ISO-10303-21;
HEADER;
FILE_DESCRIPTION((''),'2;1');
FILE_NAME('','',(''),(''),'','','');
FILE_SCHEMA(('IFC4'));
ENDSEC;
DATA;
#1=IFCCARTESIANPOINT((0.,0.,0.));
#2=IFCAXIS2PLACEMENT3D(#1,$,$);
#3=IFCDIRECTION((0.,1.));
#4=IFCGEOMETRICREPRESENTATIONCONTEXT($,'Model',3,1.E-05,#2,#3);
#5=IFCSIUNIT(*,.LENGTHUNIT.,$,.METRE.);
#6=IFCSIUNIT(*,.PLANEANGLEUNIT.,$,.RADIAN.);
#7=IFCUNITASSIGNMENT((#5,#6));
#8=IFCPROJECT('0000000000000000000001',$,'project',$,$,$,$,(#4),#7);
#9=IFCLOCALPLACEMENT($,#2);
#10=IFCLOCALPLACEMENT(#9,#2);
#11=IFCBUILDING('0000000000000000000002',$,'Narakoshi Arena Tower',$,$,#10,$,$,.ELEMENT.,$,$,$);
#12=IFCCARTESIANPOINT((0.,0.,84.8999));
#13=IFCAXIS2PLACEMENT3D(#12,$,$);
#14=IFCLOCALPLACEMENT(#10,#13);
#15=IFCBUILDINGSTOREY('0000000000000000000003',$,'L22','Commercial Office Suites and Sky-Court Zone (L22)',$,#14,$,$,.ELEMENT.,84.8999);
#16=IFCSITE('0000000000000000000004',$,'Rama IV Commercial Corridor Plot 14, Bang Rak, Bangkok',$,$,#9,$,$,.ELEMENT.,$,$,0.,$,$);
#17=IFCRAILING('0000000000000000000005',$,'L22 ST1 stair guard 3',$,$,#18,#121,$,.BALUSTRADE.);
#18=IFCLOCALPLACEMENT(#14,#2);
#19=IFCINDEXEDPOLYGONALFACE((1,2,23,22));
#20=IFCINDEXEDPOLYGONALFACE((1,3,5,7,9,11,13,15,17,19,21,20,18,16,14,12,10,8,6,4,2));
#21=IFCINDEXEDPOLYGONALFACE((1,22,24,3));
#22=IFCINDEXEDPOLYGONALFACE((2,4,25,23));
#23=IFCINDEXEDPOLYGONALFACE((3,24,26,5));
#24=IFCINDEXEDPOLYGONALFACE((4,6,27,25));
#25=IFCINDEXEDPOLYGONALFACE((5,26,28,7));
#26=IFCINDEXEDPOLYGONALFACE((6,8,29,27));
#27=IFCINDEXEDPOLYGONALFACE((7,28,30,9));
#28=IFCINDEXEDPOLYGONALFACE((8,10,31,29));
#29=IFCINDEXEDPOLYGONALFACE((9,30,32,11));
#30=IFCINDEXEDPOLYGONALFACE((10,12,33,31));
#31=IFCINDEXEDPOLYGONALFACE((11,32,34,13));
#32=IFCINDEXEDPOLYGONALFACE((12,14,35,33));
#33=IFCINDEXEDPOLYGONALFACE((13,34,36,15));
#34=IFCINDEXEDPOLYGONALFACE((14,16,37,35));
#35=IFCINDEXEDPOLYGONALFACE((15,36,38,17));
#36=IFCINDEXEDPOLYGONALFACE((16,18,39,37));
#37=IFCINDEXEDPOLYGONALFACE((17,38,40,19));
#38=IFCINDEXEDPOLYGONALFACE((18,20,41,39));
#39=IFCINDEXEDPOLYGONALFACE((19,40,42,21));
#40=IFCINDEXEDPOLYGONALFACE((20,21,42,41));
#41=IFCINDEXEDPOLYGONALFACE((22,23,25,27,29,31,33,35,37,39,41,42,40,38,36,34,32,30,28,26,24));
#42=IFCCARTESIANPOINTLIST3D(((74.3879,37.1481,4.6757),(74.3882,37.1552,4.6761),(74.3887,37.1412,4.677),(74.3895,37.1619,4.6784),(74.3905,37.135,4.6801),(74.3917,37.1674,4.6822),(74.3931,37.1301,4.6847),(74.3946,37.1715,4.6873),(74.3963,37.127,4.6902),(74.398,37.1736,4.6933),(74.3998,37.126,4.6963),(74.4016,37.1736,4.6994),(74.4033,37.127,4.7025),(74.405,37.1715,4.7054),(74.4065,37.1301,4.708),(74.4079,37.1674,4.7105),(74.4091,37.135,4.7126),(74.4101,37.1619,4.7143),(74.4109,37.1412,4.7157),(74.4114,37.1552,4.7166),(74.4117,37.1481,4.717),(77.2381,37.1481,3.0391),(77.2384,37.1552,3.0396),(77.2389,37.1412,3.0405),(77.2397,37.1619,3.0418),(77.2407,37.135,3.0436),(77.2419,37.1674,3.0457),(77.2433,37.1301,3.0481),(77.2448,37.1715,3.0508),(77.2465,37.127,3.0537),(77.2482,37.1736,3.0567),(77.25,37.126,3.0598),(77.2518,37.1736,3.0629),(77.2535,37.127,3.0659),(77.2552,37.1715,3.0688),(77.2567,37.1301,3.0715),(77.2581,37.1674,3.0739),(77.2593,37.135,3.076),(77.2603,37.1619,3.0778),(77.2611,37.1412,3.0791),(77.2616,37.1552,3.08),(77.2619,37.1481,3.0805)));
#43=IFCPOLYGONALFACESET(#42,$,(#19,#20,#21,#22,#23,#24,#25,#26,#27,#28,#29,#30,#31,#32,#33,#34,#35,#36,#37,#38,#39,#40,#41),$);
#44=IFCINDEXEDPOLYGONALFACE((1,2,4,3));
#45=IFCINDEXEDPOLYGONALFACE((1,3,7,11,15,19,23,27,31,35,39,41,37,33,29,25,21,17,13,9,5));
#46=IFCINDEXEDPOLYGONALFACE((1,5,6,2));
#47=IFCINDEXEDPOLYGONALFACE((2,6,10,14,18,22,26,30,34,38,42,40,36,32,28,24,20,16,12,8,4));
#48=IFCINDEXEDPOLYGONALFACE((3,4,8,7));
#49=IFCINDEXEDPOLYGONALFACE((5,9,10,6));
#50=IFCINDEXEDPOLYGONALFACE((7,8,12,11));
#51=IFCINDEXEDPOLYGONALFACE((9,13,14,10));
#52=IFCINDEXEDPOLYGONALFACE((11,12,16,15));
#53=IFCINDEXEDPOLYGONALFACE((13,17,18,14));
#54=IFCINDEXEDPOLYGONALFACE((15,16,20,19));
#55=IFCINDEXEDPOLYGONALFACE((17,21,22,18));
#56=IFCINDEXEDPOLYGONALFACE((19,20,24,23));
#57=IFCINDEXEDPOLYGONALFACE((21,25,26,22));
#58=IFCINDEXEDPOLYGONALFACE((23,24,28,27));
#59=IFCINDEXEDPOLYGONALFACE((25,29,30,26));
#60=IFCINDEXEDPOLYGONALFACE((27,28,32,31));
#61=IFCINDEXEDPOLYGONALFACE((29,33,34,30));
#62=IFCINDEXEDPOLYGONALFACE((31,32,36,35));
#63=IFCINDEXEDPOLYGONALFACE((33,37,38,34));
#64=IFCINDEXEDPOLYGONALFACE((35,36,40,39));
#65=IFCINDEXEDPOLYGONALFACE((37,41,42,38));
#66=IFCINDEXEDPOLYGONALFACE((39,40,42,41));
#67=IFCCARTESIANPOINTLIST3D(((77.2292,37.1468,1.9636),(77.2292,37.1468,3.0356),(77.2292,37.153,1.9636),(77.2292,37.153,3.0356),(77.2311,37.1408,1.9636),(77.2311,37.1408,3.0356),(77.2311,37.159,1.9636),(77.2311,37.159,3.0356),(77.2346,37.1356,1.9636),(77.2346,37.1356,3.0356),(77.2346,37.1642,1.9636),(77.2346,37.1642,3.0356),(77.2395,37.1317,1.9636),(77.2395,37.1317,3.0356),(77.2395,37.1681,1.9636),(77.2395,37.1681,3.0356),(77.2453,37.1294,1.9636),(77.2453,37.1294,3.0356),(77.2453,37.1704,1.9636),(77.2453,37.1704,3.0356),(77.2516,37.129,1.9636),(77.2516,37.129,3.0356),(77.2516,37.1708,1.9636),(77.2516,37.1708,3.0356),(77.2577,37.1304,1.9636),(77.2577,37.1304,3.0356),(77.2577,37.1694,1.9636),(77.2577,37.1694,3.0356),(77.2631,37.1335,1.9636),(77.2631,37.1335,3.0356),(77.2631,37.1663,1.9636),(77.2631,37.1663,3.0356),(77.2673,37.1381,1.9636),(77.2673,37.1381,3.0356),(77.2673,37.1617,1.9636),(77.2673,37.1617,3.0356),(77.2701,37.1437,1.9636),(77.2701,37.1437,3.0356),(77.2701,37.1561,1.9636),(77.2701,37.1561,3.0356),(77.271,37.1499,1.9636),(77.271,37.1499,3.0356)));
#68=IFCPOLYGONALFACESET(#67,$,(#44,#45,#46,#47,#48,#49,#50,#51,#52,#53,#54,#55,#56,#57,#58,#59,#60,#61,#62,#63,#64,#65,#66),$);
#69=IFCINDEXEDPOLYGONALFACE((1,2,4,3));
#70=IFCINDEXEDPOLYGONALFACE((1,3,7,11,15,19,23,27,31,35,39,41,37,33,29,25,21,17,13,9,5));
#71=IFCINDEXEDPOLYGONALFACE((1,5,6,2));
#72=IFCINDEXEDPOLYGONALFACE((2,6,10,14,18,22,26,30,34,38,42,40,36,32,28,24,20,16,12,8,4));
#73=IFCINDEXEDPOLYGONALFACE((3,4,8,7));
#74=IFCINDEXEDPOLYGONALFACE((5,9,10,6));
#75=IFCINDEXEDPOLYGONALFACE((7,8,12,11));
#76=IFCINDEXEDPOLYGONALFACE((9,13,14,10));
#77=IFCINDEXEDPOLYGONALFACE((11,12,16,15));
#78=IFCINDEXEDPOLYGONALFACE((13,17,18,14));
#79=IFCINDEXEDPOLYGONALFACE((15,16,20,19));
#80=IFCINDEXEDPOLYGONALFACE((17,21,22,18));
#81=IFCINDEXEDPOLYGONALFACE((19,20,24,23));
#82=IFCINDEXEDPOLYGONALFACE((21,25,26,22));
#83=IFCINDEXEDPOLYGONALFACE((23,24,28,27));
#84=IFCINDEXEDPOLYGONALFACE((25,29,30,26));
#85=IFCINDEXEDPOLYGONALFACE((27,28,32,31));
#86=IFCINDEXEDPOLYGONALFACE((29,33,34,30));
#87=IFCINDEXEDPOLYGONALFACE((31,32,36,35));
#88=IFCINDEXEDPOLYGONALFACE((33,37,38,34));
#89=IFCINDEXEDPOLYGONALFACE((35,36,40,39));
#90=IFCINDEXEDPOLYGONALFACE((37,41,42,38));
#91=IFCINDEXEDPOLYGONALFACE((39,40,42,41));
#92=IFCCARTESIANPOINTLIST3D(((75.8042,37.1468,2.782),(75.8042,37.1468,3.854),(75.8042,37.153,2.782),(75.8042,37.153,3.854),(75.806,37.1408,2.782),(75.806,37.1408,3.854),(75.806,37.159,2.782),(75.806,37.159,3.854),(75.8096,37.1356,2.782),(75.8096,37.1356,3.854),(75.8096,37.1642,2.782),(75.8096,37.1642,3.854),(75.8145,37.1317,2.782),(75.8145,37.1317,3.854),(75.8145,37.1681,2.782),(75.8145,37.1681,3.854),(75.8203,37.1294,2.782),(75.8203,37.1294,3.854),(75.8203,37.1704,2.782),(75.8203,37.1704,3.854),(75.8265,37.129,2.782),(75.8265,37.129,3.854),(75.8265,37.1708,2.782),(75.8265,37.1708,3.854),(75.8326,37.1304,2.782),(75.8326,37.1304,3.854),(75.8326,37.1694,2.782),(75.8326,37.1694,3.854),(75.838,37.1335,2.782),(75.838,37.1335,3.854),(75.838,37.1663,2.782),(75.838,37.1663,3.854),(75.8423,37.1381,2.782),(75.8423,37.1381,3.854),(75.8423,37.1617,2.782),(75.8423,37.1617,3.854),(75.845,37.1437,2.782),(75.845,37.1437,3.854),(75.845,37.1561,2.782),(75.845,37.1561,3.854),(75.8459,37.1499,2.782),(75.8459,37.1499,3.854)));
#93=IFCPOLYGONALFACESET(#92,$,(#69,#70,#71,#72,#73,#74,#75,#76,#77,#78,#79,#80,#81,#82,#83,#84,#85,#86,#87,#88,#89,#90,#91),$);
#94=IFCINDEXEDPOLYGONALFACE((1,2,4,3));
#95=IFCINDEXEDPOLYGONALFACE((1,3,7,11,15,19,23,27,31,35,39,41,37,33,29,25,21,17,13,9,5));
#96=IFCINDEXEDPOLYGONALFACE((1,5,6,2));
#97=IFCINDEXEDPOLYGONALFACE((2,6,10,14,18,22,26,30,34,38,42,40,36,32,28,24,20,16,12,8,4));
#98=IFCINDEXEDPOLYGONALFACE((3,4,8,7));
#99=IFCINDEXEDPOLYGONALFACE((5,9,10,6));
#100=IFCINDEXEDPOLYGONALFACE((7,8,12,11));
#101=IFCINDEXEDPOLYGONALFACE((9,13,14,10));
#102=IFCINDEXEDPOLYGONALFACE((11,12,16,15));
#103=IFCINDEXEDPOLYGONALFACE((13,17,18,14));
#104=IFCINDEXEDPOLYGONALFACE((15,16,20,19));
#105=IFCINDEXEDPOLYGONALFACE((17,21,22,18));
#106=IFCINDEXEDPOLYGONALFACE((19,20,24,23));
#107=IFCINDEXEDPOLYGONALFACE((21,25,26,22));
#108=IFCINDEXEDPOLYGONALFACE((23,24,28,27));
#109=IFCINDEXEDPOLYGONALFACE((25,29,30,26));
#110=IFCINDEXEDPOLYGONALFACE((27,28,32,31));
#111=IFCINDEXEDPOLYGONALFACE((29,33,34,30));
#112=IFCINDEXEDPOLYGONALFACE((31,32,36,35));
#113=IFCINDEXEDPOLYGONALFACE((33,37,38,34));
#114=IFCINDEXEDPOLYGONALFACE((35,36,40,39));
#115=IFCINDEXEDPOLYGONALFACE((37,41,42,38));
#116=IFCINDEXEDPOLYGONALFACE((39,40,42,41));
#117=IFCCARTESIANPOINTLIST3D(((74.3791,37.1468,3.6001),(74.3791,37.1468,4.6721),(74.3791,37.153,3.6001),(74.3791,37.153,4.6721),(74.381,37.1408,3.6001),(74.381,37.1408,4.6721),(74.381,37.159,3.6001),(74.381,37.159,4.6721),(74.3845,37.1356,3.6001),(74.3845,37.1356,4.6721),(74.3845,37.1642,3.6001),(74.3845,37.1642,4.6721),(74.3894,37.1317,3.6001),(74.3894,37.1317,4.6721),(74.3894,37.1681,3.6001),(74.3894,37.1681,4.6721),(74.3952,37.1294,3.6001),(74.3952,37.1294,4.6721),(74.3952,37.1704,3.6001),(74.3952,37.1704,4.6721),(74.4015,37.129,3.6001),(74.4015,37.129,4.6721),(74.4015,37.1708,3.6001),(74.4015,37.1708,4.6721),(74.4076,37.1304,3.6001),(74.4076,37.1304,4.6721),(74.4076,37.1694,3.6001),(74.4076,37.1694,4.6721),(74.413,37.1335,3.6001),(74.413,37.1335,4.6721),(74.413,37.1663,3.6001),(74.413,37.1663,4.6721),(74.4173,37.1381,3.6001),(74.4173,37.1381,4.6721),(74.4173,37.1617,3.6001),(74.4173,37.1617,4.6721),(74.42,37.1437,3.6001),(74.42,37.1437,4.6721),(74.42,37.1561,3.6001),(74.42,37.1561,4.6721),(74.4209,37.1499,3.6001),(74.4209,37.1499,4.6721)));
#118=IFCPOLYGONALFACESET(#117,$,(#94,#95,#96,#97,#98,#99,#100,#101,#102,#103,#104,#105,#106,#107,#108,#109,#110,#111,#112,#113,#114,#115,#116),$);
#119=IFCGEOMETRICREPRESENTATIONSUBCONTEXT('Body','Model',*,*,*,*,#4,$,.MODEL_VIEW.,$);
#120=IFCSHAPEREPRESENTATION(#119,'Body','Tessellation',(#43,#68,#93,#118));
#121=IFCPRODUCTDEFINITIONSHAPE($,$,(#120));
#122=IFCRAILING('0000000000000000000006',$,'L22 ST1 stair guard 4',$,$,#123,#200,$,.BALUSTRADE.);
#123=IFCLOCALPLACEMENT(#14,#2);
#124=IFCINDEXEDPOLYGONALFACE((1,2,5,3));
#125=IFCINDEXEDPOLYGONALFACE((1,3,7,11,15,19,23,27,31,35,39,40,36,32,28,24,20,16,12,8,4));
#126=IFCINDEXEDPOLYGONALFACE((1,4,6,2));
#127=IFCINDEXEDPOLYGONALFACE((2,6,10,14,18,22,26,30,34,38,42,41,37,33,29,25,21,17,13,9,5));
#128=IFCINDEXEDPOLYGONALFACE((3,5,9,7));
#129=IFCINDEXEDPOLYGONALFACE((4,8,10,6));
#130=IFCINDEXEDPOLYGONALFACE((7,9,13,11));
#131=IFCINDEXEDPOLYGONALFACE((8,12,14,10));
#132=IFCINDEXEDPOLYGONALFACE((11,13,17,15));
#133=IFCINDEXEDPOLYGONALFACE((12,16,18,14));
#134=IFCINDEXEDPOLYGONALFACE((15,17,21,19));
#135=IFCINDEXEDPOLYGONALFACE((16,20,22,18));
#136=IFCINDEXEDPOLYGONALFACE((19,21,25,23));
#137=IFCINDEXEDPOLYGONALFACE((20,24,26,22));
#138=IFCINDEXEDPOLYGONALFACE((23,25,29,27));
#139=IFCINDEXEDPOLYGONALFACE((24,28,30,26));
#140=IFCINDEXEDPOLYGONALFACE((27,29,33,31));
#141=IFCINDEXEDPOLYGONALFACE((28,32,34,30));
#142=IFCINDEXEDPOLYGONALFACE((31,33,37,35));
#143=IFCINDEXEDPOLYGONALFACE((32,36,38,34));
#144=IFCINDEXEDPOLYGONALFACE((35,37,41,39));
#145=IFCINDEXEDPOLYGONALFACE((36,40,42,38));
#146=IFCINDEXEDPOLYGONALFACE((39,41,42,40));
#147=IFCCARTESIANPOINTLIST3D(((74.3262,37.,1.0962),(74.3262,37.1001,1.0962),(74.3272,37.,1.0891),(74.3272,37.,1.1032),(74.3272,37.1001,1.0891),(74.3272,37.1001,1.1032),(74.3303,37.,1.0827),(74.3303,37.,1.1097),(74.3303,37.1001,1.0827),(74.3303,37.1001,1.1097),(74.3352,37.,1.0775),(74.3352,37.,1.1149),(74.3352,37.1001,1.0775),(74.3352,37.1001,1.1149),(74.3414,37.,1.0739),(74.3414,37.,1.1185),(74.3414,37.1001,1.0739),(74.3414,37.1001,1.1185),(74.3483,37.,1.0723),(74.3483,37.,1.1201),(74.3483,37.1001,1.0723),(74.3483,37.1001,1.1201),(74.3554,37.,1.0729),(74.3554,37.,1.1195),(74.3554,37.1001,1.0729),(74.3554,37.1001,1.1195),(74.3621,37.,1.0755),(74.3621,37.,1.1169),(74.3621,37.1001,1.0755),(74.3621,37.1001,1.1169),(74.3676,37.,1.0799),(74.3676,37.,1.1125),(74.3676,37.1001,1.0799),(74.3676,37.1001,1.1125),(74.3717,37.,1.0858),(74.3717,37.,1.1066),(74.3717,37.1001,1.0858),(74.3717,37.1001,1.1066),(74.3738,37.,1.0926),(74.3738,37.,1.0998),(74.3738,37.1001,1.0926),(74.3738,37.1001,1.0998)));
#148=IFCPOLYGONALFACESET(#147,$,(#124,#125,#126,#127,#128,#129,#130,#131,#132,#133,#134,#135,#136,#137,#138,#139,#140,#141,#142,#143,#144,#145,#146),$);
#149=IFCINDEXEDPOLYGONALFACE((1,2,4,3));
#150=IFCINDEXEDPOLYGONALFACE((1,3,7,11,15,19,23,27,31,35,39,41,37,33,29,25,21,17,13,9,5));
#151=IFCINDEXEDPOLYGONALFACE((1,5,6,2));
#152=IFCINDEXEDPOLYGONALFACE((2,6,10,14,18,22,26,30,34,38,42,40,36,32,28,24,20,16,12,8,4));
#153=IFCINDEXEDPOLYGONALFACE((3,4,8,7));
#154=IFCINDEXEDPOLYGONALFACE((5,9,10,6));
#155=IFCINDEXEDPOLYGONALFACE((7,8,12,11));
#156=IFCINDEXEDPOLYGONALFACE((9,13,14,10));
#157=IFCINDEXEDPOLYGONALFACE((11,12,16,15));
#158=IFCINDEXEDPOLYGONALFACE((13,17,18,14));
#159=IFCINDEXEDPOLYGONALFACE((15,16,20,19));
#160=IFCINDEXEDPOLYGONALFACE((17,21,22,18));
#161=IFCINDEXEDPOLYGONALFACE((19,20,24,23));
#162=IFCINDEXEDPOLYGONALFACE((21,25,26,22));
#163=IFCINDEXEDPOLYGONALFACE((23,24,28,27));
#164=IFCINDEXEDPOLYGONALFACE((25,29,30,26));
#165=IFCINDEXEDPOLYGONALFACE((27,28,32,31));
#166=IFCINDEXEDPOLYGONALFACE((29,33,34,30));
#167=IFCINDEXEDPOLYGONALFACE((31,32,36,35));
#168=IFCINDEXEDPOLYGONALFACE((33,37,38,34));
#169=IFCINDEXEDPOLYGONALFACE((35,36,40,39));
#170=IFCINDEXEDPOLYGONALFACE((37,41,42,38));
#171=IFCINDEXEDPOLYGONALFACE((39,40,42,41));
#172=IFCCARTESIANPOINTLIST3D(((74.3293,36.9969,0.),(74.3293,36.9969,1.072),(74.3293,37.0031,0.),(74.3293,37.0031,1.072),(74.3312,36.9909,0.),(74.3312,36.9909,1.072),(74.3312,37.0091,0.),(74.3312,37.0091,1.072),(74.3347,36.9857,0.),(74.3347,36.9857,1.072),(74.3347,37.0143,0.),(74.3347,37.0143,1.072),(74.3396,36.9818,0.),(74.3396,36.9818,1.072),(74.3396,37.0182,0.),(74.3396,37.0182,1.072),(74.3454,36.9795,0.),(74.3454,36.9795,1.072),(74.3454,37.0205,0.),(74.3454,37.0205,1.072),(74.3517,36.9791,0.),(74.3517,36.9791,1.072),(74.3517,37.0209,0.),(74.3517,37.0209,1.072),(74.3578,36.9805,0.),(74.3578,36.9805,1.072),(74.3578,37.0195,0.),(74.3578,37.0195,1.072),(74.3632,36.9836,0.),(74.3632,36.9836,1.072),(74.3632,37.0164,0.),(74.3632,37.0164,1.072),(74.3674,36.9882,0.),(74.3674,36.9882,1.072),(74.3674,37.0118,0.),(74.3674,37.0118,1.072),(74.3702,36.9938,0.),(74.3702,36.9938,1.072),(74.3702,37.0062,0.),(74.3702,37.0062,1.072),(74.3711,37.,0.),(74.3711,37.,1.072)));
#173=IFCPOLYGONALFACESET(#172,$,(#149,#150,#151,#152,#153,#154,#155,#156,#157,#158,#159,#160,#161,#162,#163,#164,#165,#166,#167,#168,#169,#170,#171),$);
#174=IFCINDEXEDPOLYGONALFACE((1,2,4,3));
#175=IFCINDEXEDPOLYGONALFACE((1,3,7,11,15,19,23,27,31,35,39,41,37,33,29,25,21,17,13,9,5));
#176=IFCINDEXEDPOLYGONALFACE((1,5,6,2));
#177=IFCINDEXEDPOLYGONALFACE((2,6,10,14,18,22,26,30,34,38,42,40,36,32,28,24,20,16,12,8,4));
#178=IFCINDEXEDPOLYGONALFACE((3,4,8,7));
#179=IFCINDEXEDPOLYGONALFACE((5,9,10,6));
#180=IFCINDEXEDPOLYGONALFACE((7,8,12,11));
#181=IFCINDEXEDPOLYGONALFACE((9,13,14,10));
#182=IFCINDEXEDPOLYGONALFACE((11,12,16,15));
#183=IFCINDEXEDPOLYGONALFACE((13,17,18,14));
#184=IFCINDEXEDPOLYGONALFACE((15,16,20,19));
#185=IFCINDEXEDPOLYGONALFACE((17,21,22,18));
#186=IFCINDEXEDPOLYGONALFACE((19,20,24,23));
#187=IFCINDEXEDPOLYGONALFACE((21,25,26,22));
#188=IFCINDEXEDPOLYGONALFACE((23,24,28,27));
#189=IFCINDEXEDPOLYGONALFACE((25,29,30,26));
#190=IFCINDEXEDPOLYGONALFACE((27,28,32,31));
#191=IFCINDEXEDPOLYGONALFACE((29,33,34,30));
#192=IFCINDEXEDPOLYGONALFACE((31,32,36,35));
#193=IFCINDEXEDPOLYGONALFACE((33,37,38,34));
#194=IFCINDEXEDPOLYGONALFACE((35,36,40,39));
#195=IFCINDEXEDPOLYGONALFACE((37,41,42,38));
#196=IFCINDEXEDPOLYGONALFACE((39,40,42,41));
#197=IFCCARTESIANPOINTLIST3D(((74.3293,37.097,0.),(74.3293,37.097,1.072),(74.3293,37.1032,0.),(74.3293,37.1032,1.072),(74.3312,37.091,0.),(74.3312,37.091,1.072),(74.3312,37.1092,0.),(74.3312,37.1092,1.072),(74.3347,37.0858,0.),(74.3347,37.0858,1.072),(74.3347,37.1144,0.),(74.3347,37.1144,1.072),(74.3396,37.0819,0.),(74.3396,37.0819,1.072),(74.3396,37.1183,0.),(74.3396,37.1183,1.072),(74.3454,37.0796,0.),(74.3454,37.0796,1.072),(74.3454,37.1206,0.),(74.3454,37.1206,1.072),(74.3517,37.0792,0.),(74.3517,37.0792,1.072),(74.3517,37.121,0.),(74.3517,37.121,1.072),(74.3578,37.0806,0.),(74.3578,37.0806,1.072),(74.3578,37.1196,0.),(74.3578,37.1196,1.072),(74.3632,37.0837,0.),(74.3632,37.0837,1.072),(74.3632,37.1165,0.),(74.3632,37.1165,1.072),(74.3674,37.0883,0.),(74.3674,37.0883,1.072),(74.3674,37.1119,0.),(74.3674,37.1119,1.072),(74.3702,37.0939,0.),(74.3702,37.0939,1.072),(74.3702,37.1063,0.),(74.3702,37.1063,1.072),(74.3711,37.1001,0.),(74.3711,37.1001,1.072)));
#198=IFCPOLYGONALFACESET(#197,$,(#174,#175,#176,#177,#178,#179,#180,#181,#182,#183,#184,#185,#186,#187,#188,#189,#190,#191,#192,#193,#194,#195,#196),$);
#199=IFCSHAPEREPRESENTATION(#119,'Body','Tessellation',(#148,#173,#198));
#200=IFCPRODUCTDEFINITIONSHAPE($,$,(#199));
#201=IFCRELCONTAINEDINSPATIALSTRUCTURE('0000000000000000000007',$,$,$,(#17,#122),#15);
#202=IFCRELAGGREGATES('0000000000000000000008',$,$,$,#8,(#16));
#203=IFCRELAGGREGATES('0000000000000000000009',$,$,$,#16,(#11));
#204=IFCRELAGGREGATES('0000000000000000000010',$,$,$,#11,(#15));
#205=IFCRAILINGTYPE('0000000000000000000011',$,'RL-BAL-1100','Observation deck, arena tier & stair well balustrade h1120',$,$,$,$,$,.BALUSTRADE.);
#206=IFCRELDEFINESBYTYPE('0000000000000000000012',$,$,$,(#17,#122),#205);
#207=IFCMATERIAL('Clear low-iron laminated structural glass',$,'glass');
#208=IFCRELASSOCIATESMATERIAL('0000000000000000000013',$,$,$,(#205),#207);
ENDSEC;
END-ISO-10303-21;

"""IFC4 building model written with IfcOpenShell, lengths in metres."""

from ifc_helpers import new_model, si_unit, direction, frame, origin, origin_2d, place, context, subcontext, project, spatial, circle, extrude, material, type_object, element, save


model = new_model("IFC4")

# Units and contexts
model_context = context("Model", 3, precision=1e-05, world=origin(), true_north=direction((0.0, 1.0)))
body_context = subcontext(model_context, "Body", "Model", "MODEL_VIEW")
ifc_project = project(units=[si_unit("LENGTHUNIT", "METRE"), si_unit("PLANEANGLEUNIT", "RADIAN")], contexts=[model_context])

# Site, building, storey
site_placement = place(None, origin())
site = spatial("IfcSite", under=ifc_project, at=site_placement, Name="Rama IV Commercial Corridor Plot 14, Bang Rak, Bangkok", CompositionType="ELEMENT", RefElevation=0.0)
building_placement = place(site_placement, origin())
building = spatial("IfcBuilding", under=site, at=building_placement, Name="Narakoshi Arena Tower", CompositionType="ELEMENT")
storey_placement = place(building_placement, frame((0.0, 0.0, 84.8999)))
storey = spatial("IfcBuildingStorey", under=building, at=storey_placement, Name="L22", Description="Commercial Office Suites and Sky-Court Zone (L22)", CompositionType="ELEMENT", Elevation=84.8999)

# Railings
ifc_material_1 = material(Name="Clear low-iron laminated structural glass", Category="glass")
railing_type_1 = type_object("IfcRailingType", Name="RL-BAL-1100", Description="Observation deck, arena tier & stair well balustrade h1120", PredefinedType="BALUSTRADE", material=ifc_material_1)
railing_1_placement = place(storey_placement, frame((77.25, 37.1499, 1.9636)))
element("IfcRailing", 1, at=railing_1_placement, inside=storey, type_object=railing_type_1, Name="L22 ST1 stair guard 3", PredefinedType="BALUSTRADE", context=body_context, shape_type="SweptSolid", body=[
    extrude(circle(Radius=0.0239, at=origin_2d()), frame((0.0, 0.0, 1.0962), z_axis=(-0.867213, 0.0, 0.497938), x_axis=(0.0, -1.0, 0.0)), (0.0, 0.0, 1.0), 3.2866),
    extrude(circle(Radius=0.021, at=origin_2d()), origin(), (0.0, 0.0, 1.0), 1.072),
    extrude(circle(Radius=0.021, at=origin_2d()), frame((-1.425, 0.0, 0.8184)), (0.0, 0.0, 1.0), 1.072),
    extrude(circle(Radius=0.021, at=origin_2d()), frame((-2.8501, 0.0, 1.6365)), (0.0, 0.0, 1.0), 1.072),
])
railing_2_placement = place(storey_placement, frame((74.3501, 37.0, 0.0)))
element("IfcRailing", 2, at=railing_2_placement, inside=storey, type_object=railing_type_1, Name="L22 ST1 stair guard 4", PredefinedType="BALUSTRADE", context=body_context, shape_type="SweptSolid", body=[
    extrude(circle(Radius=0.0239, at=origin_2d()), frame((0.0, 0.0, 1.0962), z_axis=(0.0, 1.0, 0.0), x_axis=(-1.0, 0.0, 0.0)), (0.0, 0.0, 1.0), 0.1001),
    extrude(circle(Radius=0.021, at=origin_2d()), origin(), (0.0, 0.0, 1.0), 1.072),
    extrude(circle(Radius=0.021, at=origin_2d()), frame((0.0, 0.1001, 0.0)), (0.0, 0.0, 1.0), 1.072),
])

save(model, "model.ifc")
